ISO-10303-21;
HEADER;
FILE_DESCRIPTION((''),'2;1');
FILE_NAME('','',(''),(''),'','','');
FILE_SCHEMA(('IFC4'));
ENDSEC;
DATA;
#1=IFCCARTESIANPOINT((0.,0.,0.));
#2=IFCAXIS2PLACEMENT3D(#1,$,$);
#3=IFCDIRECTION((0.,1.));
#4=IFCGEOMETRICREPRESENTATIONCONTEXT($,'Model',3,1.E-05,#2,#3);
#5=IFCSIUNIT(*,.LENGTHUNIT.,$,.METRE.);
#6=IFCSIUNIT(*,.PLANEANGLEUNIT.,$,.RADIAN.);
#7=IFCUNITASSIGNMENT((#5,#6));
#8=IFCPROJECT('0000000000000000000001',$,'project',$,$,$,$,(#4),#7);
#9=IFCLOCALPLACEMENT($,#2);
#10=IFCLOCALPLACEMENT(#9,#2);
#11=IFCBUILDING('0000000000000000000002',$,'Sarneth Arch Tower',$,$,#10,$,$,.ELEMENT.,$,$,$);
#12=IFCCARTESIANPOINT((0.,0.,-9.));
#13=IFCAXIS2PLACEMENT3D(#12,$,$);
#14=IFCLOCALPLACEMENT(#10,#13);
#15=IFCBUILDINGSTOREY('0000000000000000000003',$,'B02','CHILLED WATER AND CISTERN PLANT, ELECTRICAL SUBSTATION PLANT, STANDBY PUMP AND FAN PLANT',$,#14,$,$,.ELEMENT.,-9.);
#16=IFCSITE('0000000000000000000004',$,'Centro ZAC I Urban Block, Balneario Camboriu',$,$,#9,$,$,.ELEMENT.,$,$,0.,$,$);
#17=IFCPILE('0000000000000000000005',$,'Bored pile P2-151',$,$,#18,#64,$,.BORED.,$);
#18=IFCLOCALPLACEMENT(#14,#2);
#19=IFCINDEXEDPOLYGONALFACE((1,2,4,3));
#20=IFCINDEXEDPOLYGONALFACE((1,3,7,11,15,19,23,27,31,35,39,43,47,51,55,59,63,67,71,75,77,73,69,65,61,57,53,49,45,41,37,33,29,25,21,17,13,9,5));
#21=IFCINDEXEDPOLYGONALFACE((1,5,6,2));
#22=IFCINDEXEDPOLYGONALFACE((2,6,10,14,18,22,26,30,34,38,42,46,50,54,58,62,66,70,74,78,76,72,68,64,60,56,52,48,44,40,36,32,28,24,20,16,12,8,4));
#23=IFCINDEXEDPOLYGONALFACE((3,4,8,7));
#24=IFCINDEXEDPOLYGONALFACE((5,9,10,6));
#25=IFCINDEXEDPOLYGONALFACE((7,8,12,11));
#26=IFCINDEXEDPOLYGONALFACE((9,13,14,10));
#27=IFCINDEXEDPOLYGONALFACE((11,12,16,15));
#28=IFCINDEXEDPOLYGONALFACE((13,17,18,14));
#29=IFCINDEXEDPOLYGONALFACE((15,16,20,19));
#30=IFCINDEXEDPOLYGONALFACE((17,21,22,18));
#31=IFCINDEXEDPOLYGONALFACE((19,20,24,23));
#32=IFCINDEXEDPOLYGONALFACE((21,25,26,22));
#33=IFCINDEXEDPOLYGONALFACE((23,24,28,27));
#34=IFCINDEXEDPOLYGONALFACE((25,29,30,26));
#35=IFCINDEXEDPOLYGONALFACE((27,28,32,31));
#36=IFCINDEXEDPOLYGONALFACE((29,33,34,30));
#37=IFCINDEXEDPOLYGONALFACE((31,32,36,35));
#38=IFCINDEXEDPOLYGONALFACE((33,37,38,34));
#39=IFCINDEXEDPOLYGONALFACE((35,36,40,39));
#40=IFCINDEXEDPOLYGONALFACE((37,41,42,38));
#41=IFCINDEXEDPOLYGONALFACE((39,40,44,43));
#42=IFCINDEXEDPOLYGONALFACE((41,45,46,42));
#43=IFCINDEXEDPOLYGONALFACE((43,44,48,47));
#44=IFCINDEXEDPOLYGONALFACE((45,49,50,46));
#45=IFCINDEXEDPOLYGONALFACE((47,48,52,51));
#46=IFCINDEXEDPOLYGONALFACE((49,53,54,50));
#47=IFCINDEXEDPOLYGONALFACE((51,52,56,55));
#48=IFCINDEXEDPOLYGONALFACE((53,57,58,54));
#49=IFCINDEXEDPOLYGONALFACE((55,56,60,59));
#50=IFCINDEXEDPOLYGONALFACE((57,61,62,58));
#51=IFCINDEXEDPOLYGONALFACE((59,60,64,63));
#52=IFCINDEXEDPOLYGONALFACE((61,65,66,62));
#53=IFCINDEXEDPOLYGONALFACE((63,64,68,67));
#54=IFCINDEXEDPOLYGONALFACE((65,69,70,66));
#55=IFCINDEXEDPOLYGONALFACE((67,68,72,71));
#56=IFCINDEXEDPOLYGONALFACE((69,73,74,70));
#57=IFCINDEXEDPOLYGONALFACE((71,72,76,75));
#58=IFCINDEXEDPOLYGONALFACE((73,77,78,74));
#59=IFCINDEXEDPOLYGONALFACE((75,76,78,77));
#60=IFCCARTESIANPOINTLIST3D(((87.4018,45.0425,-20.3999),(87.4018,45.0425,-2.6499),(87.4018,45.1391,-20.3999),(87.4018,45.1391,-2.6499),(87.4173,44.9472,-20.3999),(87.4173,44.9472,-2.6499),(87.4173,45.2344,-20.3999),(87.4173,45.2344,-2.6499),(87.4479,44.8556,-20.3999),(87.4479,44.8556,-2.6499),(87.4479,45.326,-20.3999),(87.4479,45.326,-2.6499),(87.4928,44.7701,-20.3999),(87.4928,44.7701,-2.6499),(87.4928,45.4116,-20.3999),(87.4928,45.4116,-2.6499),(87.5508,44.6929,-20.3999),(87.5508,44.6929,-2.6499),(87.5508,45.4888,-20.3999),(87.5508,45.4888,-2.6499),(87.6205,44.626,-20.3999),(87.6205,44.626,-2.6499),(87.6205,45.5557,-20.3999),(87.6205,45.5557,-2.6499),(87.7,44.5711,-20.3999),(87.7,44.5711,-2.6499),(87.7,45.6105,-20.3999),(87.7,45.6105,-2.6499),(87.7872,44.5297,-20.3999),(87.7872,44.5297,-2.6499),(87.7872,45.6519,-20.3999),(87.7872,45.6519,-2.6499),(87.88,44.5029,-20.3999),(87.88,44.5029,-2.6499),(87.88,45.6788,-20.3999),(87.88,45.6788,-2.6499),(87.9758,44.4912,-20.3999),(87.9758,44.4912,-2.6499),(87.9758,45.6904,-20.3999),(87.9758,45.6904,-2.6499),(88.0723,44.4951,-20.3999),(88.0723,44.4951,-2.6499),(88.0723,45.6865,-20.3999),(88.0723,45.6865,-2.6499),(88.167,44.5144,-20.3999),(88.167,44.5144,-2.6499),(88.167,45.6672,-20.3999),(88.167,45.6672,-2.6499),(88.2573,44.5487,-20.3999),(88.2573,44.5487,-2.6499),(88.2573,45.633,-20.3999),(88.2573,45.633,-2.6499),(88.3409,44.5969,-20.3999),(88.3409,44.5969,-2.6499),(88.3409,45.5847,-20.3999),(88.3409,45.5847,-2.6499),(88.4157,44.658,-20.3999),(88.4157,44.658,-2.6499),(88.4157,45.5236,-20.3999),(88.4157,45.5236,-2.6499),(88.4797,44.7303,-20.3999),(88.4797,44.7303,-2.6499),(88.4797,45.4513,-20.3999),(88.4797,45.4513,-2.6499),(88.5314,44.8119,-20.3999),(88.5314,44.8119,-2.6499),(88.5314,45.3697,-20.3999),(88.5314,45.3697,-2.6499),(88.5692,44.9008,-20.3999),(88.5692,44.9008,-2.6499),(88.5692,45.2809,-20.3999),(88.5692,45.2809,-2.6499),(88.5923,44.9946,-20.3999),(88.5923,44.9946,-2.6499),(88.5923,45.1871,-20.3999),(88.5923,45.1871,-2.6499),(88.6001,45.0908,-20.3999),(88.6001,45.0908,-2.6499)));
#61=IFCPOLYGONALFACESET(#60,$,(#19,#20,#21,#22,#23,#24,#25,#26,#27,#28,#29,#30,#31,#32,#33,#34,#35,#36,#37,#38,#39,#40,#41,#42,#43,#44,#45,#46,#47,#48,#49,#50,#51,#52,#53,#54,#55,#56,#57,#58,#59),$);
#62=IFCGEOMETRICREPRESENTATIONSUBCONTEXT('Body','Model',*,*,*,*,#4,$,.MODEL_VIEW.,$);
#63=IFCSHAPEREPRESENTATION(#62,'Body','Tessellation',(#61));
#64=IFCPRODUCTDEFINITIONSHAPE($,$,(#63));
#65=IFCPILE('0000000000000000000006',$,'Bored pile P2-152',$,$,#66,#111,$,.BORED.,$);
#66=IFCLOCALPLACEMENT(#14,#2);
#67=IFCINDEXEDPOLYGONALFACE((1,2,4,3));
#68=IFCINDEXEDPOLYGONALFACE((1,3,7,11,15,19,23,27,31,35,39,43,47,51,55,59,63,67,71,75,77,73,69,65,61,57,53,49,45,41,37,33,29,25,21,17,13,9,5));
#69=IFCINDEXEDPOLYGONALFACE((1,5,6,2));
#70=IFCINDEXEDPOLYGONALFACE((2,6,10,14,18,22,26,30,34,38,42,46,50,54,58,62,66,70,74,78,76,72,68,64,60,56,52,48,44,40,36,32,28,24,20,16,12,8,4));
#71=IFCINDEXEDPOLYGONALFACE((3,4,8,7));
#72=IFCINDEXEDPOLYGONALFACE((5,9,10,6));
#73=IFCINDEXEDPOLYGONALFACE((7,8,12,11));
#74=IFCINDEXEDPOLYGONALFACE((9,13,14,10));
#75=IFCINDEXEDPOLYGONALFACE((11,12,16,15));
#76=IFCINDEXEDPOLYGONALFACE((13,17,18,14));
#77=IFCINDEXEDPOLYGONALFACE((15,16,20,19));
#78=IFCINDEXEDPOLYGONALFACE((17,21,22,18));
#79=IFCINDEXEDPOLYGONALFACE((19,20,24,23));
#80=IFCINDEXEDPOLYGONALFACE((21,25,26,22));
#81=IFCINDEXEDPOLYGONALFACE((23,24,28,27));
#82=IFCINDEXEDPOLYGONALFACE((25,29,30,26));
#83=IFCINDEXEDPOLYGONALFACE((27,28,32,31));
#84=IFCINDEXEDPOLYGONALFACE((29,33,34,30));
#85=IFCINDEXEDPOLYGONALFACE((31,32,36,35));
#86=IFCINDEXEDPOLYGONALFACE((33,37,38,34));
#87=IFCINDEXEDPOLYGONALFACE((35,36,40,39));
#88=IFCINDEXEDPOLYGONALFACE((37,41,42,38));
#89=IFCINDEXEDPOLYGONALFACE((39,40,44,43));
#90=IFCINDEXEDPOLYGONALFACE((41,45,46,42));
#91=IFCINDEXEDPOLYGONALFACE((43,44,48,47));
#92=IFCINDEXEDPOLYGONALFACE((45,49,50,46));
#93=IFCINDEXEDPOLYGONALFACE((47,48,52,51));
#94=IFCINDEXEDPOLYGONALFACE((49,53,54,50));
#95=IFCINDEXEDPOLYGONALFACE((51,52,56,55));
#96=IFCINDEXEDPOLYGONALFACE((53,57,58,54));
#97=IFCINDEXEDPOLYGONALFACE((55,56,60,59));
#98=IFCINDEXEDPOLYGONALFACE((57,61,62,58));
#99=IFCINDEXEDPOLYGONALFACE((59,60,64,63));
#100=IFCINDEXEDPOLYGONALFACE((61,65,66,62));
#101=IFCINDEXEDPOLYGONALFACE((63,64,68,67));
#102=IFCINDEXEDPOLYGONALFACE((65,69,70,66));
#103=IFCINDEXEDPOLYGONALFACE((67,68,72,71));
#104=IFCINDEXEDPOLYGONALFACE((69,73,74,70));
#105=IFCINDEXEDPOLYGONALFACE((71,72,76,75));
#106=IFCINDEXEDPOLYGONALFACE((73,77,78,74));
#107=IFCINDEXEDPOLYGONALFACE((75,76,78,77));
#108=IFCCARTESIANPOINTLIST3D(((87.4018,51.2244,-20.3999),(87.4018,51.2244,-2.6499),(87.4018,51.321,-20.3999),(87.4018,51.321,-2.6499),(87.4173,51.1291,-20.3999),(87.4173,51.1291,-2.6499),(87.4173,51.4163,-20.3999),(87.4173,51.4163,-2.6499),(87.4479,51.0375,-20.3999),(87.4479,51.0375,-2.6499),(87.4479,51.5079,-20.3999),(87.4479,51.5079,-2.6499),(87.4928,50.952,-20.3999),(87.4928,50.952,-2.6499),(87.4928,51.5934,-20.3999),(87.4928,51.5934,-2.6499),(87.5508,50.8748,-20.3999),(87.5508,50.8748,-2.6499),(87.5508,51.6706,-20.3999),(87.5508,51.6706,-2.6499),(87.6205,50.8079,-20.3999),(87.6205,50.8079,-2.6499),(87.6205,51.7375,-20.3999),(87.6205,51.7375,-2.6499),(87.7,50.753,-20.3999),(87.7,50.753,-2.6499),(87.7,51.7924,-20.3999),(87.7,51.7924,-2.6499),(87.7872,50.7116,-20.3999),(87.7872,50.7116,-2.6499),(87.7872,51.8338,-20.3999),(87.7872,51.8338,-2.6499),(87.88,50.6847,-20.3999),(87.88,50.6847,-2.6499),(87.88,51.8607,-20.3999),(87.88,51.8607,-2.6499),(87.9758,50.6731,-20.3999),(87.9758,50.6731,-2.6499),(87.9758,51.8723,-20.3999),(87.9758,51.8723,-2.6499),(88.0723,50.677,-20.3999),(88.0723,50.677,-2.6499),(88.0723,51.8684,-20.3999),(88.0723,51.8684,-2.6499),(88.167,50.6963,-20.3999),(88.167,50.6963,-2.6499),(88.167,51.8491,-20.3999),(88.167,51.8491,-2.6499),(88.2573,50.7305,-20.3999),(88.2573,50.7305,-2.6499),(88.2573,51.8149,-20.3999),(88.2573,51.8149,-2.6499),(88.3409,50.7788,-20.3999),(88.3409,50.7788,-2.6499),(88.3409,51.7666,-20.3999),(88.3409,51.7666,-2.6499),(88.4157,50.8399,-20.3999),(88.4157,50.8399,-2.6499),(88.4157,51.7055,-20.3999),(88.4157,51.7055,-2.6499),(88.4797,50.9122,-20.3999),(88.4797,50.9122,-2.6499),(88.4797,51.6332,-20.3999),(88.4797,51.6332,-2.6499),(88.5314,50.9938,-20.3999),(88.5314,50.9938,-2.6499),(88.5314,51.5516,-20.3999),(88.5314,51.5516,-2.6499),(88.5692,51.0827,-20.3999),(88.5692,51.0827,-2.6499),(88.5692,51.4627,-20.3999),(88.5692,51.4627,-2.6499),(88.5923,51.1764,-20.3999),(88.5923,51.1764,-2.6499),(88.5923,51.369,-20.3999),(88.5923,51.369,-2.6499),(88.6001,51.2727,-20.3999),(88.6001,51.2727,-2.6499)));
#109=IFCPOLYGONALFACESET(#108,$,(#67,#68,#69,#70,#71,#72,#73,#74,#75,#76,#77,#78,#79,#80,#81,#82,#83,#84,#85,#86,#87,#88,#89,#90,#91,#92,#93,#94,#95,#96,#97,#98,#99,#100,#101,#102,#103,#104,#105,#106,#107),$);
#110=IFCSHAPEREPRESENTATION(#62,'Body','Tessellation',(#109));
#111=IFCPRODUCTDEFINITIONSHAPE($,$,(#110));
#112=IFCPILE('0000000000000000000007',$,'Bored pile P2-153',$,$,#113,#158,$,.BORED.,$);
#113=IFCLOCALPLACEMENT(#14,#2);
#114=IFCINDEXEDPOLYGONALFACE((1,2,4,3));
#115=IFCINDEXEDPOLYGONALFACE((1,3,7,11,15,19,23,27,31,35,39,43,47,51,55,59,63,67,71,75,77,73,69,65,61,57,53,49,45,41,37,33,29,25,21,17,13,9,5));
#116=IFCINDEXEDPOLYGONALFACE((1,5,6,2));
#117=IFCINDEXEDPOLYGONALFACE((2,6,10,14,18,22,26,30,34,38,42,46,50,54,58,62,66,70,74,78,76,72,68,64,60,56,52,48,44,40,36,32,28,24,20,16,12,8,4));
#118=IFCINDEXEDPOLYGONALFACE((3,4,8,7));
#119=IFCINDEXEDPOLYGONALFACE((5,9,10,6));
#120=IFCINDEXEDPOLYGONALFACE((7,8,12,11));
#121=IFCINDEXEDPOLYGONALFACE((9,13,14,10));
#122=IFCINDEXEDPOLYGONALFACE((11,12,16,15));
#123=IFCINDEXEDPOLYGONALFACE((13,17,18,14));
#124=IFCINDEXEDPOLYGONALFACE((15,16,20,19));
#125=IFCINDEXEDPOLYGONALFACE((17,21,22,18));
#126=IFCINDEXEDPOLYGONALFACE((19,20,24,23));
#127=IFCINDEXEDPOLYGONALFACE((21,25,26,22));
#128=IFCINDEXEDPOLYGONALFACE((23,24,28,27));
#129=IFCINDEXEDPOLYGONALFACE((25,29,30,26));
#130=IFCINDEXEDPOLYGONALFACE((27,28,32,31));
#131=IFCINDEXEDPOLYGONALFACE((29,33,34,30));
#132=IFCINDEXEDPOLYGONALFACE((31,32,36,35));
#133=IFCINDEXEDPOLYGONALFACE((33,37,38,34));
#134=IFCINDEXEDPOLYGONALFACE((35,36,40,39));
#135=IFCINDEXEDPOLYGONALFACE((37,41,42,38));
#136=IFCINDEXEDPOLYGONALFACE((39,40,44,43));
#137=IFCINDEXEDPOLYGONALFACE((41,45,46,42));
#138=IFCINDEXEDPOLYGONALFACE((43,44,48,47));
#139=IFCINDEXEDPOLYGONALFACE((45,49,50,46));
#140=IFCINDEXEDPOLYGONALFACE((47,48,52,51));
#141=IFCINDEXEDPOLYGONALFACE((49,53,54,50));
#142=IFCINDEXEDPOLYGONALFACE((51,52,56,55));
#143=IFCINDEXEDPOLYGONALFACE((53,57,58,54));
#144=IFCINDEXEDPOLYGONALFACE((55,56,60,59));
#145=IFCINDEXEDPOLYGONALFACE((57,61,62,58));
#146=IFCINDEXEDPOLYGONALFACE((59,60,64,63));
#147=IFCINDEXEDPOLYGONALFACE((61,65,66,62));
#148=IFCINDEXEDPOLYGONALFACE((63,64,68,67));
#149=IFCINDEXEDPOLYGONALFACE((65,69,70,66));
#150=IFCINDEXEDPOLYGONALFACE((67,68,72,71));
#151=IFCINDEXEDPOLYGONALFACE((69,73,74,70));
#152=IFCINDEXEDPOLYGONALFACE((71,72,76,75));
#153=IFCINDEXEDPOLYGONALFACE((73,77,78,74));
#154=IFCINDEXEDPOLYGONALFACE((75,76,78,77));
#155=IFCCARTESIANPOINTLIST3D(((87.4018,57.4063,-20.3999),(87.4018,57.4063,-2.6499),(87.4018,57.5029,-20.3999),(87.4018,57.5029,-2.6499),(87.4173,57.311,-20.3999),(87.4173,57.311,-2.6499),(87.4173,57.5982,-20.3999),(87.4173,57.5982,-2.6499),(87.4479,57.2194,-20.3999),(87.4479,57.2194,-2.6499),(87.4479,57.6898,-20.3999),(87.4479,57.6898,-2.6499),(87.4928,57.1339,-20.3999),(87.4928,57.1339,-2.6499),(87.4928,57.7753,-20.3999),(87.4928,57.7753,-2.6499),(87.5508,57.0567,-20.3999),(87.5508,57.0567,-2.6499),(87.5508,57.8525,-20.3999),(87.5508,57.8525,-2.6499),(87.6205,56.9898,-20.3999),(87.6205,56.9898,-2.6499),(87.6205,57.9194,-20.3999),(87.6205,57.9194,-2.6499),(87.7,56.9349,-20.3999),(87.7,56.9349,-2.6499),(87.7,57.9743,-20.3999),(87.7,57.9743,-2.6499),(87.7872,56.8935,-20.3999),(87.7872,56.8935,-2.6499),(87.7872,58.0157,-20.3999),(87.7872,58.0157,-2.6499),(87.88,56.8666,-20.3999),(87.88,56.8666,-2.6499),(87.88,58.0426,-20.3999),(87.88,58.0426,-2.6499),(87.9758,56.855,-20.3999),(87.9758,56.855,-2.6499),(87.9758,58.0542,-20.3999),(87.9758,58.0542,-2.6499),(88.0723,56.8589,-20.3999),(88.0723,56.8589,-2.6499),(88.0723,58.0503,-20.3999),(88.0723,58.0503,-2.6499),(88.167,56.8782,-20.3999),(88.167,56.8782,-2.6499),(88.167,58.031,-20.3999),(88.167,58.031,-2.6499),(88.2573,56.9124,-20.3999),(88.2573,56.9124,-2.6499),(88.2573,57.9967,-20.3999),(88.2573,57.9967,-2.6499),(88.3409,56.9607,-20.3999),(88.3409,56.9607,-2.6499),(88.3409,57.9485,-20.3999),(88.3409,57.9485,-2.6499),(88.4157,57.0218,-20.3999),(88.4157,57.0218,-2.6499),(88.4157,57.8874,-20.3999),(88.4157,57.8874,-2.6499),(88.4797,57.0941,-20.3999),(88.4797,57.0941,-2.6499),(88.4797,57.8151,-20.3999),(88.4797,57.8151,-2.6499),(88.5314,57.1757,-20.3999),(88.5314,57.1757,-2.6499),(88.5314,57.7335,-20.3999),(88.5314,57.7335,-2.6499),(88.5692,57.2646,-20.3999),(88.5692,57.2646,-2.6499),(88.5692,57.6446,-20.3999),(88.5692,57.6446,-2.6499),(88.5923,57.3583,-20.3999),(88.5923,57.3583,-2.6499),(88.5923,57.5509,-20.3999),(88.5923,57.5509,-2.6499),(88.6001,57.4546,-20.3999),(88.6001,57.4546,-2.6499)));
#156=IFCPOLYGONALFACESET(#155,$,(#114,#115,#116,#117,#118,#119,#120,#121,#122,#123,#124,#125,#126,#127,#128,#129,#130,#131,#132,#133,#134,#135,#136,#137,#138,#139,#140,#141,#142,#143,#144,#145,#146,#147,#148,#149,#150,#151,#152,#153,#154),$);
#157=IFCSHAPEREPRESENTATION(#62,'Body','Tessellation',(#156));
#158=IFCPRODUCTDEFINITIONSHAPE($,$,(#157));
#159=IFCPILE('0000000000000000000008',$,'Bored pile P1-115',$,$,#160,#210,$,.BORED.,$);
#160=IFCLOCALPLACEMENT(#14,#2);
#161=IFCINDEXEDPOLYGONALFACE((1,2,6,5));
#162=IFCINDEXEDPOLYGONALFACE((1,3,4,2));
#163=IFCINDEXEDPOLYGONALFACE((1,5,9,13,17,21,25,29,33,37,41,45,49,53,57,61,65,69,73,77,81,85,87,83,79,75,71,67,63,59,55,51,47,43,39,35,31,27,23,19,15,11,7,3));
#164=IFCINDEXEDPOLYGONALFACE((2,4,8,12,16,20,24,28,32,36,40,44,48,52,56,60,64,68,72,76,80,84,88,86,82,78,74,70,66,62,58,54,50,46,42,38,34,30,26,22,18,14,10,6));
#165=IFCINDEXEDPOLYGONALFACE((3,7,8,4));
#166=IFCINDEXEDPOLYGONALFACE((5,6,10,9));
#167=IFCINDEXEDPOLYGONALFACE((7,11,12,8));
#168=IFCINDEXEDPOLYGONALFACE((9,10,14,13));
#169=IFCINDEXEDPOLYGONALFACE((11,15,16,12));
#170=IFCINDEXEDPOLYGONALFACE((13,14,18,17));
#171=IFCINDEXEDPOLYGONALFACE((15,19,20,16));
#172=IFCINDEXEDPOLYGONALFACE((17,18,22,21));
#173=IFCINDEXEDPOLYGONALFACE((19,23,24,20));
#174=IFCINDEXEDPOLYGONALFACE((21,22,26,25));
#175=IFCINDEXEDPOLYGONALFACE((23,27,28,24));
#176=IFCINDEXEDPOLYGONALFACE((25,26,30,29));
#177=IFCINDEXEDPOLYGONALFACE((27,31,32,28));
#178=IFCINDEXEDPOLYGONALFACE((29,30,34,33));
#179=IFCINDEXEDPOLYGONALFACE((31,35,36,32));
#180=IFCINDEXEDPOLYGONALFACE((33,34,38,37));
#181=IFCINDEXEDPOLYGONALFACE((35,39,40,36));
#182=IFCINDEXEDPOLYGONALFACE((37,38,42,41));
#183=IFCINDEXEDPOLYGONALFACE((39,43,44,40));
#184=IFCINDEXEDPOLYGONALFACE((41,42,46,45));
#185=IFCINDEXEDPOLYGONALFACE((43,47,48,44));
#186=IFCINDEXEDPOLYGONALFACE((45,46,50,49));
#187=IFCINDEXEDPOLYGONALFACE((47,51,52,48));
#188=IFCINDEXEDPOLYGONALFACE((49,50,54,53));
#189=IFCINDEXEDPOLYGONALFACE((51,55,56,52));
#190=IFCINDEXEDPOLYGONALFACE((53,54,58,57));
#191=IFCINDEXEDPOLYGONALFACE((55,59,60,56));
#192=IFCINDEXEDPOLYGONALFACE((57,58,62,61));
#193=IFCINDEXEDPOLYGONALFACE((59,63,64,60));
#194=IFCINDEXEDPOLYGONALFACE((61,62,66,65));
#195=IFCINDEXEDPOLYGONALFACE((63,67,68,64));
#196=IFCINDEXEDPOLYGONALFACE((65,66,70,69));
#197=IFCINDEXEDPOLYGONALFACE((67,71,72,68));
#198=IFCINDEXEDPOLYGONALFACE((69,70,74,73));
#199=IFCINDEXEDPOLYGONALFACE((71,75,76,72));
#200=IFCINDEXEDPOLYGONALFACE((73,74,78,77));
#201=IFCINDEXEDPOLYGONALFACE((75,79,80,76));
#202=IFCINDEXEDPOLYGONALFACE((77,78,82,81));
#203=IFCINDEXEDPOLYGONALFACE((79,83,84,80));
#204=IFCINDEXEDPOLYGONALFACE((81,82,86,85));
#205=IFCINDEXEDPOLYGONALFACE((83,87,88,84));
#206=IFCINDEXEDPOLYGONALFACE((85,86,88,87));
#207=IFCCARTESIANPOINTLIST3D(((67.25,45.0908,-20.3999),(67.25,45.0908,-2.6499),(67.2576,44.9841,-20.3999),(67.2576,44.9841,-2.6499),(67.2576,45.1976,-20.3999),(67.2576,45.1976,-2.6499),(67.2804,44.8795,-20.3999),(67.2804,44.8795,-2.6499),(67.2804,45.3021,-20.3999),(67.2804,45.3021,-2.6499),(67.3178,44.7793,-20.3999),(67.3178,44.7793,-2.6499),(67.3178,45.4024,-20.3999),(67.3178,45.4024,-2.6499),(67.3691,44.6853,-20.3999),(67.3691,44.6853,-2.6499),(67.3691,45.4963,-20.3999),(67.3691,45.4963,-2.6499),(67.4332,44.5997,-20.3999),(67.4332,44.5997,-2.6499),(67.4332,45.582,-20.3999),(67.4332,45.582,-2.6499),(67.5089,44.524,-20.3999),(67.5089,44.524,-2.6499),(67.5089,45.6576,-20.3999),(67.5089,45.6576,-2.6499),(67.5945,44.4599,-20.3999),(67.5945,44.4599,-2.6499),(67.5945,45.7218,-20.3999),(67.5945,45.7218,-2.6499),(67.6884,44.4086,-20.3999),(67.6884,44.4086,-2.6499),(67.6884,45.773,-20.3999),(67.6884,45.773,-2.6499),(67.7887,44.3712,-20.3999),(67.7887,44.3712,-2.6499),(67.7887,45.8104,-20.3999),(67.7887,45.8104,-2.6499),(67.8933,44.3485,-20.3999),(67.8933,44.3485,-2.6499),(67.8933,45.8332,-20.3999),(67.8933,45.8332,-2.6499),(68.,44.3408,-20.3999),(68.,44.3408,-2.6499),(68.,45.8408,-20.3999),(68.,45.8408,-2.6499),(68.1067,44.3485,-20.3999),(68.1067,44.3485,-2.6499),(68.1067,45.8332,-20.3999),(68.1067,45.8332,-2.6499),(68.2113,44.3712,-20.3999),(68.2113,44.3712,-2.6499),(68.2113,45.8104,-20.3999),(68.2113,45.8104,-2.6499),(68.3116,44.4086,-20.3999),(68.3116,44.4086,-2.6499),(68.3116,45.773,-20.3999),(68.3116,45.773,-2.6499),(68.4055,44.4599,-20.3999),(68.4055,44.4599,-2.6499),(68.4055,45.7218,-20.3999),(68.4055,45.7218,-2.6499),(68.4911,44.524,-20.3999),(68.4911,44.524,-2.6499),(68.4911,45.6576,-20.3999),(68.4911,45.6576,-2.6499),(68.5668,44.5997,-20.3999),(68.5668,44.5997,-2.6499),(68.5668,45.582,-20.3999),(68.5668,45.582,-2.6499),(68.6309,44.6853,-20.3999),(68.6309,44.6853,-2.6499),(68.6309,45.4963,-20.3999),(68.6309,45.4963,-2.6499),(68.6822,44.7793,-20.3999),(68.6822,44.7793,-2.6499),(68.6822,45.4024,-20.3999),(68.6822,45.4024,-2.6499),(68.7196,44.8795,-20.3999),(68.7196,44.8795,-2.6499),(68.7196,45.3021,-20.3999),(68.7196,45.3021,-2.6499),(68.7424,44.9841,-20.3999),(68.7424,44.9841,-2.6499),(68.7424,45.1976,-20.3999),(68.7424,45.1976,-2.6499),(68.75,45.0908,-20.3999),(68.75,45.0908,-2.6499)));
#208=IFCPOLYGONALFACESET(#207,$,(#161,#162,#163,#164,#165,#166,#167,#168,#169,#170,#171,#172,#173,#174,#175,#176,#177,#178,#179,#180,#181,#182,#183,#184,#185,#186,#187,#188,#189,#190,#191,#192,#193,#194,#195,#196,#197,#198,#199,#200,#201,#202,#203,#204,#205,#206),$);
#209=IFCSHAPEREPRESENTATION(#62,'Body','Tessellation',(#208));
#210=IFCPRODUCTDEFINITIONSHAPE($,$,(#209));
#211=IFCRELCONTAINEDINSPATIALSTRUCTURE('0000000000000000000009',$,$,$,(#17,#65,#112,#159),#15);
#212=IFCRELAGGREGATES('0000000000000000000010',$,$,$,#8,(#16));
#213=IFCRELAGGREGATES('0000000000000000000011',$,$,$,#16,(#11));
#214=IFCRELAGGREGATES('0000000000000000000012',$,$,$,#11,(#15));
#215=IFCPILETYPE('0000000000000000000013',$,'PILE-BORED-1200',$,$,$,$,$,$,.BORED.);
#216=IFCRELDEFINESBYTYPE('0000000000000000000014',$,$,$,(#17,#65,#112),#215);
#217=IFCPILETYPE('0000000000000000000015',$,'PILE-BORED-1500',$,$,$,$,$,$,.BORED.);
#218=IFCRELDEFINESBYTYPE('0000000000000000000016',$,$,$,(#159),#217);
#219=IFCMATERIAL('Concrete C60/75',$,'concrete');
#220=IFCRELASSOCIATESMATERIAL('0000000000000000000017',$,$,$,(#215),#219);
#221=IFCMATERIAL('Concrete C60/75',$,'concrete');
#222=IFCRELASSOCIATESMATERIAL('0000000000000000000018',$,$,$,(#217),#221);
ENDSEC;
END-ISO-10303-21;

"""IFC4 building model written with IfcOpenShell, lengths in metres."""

from ifc_helpers import new_model, si_unit, direction, frame, origin, origin_2d, place, context, subcontext, project, spatial, circle, extrude, material, material_profile, profile_set, type_object, element, save


model = new_model("IFC4")

# Units and contexts
model_context = context("Model", 3, precision=1e-05, world=origin(), true_north=direction((0.0, 1.0)))
body_context = subcontext(model_context, "Body", "Model", "MODEL_VIEW")
ifc_project = project(units=[si_unit("LENGTHUNIT", "METRE"), si_unit("PLANEANGLEUNIT", "RADIAN")], contexts=[model_context])

# Site, building, storey
site_placement = place(None, origin())
site = spatial("IfcSite", under=ifc_project, at=site_placement, Name="Centro ZAC I Urban Block, Balneario Camboriu", CompositionType="ELEMENT", RefElevation=0.0)
building_placement = place(site_placement, origin())
building = spatial("IfcBuilding", under=site, at=building_placement, Name="Sarneth Arch Tower", CompositionType="ELEMENT")
storey_placement = place(building_placement, frame((0.0, 0.0, -9.0)))
storey = spatial("IfcBuildingStorey", under=building, at=storey_placement, Name="B02", Description="CHILLED WATER AND CISTERN PLANT, ELECTRICAL SUBSTATION PLANT, STANDBY PUMP AND FAN PLANT", CompositionType="ELEMENT", Elevation=-9.0)

# Piles
ifc_material_1 = material(Name="Concrete C60/75", Category="concrete")
ifc_material_profile_1 = material_profile(ifc_material_1, circle(Radius=0.6001, at=origin_2d()), Name="PILE-D1200")
ifc_profile_set_1 = profile_set([ifc_material_profile_1], Name="Concrete C60/75")
pile_type_1 = type_object("IfcPileType", Name="PILE-BORED-1200", PredefinedType="BORED", material=ifc_profile_set_1)
for number, where, z_axis, x_axis, name in (
    (1, (88.0, 45.0908, -2.6499), (0.0, 0.0, -1.0), (1.0, 0.0, 0.0), "Bored pile P2-151"),
    (2, (88.0, 51.2727, -2.6499), (0.0, 0.0, -1.0), (1.0, 0.0, 0.0), "Bored pile P2-152"),
    (3, (88.0, 57.4546, -2.6499), (0.0, 0.0, -1.0), (1.0, 0.0, 0.0), "Bored pile P2-153"),
):
    element("IfcPile", number, at=place(storey_placement, frame(where, z_axis=z_axis, x_axis=x_axis)), inside=storey, type_object=pile_type_1, Name=name, PredefinedType="BORED", context=body_context, shape_type="SweptSolid", body=[
        extrude(circle(Radius=0.6001, at=origin_2d()), origin(), (0.0, 0.0, 1.0), 17.75),
    ])
ifc_material_2 = material(Name="Concrete C60/75", Category="concrete")
ifc_material_profile_2 = material_profile(ifc_material_2, circle(Radius=0.75, at=origin_2d()), Name="PILE-D1500")
ifc_profile_set_2 = profile_set([ifc_material_profile_2], Name="Concrete C60/75")
pile_type_2 = type_object("IfcPileType", Name="PILE-BORED-1500", PredefinedType="BORED", material=ifc_profile_set_2)
for number, where, z_axis, x_axis, name in (
    (4, (68.0, 45.0908, -2.6499), (0.0, 0.0, -1.0), (1.0, 0.0, 0.0), "Bored pile P1-115"),
):
    element("IfcPile", number, at=place(storey_placement, frame(where, z_axis=z_axis, x_axis=x_axis)), inside=storey, type_object=pile_type_2, Name=name, PredefinedType="BORED", context=body_context, shape_type="SweptSolid", body=[
        extrude(circle(Radius=0.75, at=origin_2d()), origin(), (0.0, 0.0, 1.0), 17.75),
    ])

save(model, "model.ifc")
